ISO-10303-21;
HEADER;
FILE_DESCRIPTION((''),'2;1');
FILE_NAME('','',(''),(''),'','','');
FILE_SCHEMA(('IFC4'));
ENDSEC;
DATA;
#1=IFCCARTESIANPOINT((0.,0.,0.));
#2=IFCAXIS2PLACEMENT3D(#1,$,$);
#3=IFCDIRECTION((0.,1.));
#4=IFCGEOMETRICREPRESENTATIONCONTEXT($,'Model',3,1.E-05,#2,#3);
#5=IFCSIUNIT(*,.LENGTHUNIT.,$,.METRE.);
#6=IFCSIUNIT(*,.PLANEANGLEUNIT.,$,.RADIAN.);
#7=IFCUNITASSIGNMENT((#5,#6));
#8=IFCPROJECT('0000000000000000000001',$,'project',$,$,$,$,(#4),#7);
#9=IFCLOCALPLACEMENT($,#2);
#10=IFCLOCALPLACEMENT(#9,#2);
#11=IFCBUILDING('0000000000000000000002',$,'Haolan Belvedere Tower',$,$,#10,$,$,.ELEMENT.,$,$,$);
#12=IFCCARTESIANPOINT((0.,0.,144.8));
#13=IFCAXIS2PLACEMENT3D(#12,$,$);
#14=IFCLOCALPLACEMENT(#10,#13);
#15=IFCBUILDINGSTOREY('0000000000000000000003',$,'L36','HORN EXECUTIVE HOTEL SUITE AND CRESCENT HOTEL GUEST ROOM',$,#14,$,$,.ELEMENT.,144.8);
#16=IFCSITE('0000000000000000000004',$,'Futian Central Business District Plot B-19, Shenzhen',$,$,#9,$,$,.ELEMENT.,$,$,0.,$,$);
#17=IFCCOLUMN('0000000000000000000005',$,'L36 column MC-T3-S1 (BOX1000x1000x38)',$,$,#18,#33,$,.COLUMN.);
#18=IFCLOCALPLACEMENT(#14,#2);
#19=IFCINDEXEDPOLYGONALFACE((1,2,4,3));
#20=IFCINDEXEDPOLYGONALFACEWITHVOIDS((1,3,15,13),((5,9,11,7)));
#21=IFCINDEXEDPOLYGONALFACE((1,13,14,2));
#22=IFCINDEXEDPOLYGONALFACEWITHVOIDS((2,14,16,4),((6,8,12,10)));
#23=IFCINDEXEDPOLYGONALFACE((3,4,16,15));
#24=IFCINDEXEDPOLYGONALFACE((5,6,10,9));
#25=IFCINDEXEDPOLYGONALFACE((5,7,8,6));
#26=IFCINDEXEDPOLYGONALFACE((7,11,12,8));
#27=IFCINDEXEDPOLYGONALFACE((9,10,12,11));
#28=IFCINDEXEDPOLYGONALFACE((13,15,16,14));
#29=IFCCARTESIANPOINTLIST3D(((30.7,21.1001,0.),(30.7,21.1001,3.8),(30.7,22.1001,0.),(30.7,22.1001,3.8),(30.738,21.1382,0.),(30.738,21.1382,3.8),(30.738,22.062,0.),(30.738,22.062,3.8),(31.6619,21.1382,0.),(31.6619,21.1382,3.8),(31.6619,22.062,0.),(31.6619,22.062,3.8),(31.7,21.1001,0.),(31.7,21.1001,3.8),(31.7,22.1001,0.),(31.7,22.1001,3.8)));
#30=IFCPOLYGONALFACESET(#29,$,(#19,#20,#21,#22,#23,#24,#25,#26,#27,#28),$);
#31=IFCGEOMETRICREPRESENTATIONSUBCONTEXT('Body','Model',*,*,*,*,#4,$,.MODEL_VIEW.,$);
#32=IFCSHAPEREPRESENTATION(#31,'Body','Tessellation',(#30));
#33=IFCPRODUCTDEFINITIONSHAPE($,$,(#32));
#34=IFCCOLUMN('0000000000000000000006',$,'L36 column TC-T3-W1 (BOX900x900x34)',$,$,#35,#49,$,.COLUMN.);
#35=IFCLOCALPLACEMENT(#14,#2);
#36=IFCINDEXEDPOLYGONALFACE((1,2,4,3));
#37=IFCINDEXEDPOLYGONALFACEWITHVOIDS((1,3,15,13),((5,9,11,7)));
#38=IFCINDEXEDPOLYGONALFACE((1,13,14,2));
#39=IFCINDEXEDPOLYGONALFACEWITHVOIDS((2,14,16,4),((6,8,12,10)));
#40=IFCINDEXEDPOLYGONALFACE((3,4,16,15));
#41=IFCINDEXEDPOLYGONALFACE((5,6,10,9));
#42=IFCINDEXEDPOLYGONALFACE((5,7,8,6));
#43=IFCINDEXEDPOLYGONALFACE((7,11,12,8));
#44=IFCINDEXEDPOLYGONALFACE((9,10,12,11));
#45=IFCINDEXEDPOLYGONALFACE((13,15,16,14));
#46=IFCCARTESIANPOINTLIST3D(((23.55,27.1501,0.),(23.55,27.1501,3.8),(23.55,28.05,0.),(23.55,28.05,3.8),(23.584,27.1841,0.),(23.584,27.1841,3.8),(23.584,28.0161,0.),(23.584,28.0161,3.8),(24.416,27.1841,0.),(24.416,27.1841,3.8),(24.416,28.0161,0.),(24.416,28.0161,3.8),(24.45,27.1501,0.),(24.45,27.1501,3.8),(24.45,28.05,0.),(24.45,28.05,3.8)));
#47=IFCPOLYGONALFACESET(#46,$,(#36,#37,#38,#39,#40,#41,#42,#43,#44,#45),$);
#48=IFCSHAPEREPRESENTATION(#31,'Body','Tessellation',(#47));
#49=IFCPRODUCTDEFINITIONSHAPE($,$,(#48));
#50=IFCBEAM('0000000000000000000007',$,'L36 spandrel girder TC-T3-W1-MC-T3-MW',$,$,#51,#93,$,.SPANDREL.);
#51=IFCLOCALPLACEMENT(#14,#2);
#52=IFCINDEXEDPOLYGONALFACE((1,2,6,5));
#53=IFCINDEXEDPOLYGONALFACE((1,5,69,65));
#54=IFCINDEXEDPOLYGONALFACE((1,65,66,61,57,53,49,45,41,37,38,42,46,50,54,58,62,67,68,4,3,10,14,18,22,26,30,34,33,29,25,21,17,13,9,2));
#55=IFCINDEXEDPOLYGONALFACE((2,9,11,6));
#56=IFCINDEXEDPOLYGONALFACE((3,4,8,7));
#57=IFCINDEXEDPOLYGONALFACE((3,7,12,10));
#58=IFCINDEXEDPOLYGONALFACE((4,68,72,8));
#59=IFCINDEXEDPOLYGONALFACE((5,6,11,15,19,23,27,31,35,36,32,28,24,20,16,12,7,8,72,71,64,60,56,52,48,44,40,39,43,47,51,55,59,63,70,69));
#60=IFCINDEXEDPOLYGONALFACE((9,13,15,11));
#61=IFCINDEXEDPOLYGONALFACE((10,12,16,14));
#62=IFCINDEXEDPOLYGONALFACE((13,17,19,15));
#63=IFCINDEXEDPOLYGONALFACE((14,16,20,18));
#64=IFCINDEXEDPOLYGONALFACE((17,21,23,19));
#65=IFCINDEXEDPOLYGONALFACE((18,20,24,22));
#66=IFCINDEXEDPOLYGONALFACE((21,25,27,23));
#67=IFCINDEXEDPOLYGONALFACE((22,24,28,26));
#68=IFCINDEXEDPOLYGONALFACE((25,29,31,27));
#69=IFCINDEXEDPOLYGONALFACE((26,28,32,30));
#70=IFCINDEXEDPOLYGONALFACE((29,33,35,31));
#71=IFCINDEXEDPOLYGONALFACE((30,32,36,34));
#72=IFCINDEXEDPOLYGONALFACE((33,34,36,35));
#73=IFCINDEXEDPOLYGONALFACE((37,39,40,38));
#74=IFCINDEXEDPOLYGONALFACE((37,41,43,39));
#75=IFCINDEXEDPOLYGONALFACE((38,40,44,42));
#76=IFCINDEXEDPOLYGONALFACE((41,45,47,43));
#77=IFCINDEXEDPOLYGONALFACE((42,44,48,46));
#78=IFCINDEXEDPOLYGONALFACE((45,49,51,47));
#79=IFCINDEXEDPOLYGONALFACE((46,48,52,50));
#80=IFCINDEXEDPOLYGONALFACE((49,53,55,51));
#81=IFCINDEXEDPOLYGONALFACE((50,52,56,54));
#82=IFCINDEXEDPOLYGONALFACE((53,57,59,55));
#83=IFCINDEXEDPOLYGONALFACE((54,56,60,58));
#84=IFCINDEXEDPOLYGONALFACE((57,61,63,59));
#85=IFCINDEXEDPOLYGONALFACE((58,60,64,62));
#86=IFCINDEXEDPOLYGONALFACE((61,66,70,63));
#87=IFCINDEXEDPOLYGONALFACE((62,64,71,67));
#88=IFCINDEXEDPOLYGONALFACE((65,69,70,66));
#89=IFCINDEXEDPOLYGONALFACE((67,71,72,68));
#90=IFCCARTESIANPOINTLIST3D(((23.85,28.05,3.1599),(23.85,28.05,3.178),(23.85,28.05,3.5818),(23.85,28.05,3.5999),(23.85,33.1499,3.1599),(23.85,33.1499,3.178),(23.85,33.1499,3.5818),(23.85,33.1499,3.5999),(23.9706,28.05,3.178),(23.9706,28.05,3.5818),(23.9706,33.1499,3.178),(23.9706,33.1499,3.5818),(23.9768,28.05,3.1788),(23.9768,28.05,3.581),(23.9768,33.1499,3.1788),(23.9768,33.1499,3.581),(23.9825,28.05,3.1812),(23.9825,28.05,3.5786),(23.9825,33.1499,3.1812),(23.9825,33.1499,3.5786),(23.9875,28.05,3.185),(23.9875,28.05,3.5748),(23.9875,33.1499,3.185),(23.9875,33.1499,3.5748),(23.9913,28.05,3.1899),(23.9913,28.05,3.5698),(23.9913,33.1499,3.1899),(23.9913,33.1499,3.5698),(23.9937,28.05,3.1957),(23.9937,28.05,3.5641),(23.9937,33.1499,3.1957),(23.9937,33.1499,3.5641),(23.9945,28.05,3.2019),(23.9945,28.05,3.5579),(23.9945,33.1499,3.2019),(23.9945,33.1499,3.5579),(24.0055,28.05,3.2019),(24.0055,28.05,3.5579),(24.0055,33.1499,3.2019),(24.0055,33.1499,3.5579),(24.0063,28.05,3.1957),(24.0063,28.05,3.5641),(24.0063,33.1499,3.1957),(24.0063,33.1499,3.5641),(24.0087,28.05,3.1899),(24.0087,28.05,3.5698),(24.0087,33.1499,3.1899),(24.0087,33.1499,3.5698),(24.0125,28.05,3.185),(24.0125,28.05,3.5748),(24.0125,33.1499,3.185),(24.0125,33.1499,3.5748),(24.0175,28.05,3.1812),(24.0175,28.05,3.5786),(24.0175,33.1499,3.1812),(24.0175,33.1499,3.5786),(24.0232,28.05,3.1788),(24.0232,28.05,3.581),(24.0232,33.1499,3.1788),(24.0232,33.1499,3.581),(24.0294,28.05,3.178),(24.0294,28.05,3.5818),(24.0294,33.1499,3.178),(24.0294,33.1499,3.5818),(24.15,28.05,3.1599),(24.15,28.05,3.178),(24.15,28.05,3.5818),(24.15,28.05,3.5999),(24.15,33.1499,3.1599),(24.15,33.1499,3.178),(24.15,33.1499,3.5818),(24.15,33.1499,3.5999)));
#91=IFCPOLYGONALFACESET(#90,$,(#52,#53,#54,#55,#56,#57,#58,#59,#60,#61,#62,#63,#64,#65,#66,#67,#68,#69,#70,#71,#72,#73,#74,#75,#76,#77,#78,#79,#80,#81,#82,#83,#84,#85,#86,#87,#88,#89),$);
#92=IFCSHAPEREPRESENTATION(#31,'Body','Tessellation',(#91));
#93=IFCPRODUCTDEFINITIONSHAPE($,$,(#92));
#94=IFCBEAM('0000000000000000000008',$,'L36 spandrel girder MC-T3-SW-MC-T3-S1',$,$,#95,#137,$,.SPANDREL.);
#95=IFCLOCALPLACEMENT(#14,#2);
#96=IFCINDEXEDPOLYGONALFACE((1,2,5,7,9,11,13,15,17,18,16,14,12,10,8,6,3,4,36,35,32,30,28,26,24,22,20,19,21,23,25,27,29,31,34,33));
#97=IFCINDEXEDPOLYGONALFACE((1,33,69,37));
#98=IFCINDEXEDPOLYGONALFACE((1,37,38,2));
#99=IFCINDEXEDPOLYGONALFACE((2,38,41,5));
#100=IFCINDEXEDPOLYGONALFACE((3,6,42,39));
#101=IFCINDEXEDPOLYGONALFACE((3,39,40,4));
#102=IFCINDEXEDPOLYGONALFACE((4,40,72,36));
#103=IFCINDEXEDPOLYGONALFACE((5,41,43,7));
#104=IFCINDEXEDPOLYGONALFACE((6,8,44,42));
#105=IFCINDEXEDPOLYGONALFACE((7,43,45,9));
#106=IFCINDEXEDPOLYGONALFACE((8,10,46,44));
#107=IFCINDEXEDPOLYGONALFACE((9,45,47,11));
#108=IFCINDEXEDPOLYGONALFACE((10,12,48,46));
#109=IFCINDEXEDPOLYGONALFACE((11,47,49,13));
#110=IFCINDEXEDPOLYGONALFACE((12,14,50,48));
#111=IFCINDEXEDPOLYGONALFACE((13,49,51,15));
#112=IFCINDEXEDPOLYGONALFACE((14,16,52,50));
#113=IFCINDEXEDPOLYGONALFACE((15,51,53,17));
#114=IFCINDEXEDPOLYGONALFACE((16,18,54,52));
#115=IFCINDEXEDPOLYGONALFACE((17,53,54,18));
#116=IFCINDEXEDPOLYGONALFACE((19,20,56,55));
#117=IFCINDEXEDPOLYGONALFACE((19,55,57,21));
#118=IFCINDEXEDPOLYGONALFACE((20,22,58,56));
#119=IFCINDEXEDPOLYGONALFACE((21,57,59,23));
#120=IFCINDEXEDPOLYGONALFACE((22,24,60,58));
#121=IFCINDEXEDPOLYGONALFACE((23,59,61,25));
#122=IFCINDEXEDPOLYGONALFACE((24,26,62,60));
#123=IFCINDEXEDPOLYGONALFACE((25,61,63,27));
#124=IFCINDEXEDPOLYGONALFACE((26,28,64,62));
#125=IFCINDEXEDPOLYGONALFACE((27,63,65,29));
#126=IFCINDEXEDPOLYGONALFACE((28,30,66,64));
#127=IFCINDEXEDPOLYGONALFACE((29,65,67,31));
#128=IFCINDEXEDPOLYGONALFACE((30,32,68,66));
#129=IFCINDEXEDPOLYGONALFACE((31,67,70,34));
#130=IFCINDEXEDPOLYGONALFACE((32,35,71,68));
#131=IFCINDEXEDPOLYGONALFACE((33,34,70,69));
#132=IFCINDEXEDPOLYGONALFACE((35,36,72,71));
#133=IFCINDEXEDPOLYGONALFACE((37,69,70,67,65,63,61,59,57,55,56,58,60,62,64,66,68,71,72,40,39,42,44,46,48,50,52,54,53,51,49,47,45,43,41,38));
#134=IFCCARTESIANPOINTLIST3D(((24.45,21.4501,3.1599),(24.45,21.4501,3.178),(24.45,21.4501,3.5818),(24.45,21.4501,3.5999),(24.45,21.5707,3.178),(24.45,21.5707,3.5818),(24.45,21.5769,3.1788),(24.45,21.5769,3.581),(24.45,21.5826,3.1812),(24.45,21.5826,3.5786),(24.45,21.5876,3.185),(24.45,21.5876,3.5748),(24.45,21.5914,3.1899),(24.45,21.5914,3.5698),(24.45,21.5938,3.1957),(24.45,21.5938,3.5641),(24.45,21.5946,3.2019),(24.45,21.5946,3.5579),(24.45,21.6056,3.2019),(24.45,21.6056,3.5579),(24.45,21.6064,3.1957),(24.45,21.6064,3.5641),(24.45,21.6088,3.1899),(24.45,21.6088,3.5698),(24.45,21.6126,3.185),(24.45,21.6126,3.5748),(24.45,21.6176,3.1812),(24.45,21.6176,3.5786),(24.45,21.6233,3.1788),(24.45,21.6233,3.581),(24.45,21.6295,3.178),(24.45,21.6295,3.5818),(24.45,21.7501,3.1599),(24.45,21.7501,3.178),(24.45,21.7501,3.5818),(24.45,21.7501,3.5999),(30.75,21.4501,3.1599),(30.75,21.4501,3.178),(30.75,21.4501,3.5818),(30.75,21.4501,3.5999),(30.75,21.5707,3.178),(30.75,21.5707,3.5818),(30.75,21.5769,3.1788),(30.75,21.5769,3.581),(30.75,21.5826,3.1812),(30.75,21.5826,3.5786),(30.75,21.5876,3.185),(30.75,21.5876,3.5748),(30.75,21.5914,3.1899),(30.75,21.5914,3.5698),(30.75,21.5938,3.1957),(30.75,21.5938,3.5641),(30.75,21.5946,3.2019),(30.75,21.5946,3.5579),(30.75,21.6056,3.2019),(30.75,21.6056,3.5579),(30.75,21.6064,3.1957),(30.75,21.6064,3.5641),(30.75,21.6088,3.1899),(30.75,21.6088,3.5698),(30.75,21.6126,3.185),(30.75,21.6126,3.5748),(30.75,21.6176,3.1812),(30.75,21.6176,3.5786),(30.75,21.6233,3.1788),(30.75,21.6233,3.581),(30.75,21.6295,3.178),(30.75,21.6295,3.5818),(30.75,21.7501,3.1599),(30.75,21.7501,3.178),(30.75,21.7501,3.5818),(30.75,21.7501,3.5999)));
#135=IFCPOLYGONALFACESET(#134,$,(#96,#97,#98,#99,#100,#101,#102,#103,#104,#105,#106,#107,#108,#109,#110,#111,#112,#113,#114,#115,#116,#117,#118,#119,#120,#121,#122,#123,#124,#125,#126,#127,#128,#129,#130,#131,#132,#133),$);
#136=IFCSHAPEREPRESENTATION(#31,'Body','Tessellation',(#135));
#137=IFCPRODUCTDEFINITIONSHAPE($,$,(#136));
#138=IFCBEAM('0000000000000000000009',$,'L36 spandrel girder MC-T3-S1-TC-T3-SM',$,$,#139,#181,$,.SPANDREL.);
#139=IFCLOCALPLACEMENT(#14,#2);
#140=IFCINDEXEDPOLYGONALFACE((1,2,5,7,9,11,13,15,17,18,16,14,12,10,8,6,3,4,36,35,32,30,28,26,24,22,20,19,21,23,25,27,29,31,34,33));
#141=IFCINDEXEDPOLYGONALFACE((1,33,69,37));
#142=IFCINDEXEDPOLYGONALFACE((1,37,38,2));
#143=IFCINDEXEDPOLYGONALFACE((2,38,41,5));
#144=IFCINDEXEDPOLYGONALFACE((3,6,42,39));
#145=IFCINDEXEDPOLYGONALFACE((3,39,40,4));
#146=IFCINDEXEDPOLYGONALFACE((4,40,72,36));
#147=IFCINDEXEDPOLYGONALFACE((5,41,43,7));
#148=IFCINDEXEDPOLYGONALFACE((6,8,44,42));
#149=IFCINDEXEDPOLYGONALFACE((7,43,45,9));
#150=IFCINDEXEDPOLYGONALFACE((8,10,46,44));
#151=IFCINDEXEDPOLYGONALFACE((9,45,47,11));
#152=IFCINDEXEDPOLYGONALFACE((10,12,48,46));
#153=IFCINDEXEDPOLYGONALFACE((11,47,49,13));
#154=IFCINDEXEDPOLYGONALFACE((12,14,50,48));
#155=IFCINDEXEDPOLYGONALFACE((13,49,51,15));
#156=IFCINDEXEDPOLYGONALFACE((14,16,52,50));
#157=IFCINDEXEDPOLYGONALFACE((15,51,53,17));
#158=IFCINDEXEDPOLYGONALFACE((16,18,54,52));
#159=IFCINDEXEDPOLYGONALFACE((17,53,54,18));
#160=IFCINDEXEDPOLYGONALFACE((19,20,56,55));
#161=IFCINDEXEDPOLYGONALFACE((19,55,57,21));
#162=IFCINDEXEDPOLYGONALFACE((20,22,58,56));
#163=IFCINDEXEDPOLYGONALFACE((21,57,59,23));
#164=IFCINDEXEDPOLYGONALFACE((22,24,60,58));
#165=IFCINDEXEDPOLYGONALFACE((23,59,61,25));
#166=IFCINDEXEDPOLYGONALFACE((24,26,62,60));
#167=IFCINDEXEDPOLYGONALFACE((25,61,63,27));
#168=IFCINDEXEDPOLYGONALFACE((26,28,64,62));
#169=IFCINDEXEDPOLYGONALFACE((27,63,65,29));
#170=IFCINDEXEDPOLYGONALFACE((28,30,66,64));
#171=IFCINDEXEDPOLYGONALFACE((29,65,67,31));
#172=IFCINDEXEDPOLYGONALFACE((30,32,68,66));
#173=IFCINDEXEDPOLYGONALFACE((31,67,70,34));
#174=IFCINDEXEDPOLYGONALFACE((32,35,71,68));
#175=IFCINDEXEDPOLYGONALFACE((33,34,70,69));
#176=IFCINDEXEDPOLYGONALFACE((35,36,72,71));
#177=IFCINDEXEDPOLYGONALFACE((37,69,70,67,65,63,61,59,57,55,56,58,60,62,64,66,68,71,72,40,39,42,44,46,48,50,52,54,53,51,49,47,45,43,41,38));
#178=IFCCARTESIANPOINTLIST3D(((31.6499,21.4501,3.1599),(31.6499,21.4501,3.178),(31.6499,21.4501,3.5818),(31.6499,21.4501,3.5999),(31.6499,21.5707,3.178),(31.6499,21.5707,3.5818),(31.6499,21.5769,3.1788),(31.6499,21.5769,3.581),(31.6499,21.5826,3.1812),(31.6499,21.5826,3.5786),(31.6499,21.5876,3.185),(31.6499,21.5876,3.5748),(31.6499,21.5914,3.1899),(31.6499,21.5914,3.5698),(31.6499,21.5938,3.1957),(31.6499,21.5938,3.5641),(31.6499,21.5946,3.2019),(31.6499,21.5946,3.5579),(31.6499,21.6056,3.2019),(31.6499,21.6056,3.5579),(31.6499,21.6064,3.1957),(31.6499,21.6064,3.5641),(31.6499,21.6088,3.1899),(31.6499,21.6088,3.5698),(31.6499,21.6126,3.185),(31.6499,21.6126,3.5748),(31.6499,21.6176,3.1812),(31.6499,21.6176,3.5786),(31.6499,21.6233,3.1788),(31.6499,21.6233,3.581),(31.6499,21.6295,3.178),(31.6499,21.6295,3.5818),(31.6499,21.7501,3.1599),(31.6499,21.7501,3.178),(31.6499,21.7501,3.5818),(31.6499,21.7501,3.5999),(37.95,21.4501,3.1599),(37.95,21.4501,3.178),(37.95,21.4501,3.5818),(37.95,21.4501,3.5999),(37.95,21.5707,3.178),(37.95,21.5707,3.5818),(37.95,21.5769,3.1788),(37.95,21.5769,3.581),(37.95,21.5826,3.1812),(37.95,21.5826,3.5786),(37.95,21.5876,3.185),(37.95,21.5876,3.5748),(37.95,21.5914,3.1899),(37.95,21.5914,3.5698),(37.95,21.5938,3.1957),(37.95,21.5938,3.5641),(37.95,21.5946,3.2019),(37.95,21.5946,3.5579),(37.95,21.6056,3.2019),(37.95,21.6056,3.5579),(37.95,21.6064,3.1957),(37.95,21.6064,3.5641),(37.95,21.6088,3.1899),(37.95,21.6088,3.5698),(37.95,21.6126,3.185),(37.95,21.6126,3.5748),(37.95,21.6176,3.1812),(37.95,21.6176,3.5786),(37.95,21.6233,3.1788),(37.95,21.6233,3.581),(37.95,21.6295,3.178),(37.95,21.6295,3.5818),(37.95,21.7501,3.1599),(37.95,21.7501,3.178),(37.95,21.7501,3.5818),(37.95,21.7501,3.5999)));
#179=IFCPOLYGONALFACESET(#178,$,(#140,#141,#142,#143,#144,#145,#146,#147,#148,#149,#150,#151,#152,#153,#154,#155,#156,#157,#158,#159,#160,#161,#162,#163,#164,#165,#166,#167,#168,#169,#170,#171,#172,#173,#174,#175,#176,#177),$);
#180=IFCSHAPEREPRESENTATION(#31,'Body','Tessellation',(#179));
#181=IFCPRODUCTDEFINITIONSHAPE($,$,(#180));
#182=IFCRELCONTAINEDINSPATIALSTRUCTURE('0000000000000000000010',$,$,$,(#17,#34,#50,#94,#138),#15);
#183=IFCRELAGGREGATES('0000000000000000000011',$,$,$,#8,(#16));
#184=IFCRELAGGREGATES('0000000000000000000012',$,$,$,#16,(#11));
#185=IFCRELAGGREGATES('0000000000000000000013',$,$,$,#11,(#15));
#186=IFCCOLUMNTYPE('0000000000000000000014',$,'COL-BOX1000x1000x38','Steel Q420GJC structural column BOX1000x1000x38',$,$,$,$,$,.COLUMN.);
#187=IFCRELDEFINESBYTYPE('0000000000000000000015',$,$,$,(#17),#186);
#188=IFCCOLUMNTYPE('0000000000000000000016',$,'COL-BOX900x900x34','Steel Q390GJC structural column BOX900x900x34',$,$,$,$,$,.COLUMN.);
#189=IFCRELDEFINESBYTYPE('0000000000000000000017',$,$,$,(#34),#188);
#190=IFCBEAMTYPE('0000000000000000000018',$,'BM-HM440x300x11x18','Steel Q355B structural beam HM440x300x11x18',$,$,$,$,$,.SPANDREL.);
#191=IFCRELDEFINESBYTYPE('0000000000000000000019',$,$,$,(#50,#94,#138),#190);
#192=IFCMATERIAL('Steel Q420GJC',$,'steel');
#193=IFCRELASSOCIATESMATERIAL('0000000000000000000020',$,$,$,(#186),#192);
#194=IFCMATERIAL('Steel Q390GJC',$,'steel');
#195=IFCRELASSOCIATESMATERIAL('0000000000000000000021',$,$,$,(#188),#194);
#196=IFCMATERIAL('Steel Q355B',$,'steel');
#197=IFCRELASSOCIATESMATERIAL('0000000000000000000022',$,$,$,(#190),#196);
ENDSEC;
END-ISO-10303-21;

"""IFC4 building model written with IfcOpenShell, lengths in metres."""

from ifc_helpers import new_model, si_unit, direction, frame, origin, origin_2d, place, context, subcontext, project, spatial, hollow_rectangle, i_section, extrude, material, material_profile, profile_set, type_object, element, save


model = new_model("IFC4")

# Units and contexts
model_context = context("Model", 3, precision=1e-05, world=origin(), true_north=direction((0.0, 1.0)))
body_context = subcontext(model_context, "Body", "Model", "MODEL_VIEW")
ifc_project = project(units=[si_unit("LENGTHUNIT", "METRE"), si_unit("PLANEANGLEUNIT", "RADIAN")], contexts=[model_context])

# Site, building, storey
site_placement = place(None, origin())
site = spatial("IfcSite", under=ifc_project, at=site_placement, Name="Futian Central Business District Plot B-19, Shenzhen", CompositionType="ELEMENT", RefElevation=0.0)
building_placement = place(site_placement, origin())
building = spatial("IfcBuilding", under=site, at=building_placement, Name="Haolan Belvedere Tower", CompositionType="ELEMENT")
storey_placement = place(building_placement, frame((0.0, 0.0, 144.8)))
storey = spatial("IfcBuildingStorey", under=building, at=storey_placement, Name="L36", Description="HORN EXECUTIVE HOTEL SUITE AND CRESCENT HOTEL GUEST ROOM", CompositionType="ELEMENT", Elevation=144.8)

# Columns
ifc_material_1 = material(Name="Steel Q420GJC", Category="steel")
ifc_material_profile_1 = material_profile(ifc_material_1, hollow_rectangle(XDim=1.0, YDim=1.0, WallThickness=0.0381, at=origin_2d()), Name="Steel Q420GJC")
ifc_profile_set_1 = profile_set([ifc_material_profile_1], Name="Steel Q420GJC")
column_type_1 = type_object("IfcColumnType", Name="COL-BOX1000x1000x38", Description="Steel Q420GJC structural column BOX1000x1000x38", PredefinedType="COLUMN", material=ifc_profile_set_1)
column_1_placement = place(storey_placement, frame((31.2, 21.6001, 0.0), z_axis=(0.0, 0.0, 1.0), x_axis=(1.0, 0.0, 0.0)))
element("IfcColumn", 1, at=column_1_placement, inside=storey, type_object=column_type_1, Name="L36 column MC-T3-S1 (BOX1000x1000x38)", PredefinedType="COLUMN", context=body_context, shape_type="SweptSolid", body=[
    extrude(hollow_rectangle(XDim=1.0, YDim=1.0, WallThickness=0.0381, at=origin_2d()), origin(), (0.0, 0.0, 1.0), 3.8),
])
ifc_material_2 = material(Name="Steel Q390GJC", Category="steel")
ifc_material_profile_2 = material_profile(ifc_material_2, hollow_rectangle(XDim=0.8999, YDim=0.8999, WallThickness=0.0339, at=origin_2d()), Name="Steel Q390GJC")
ifc_profile_set_2 = profile_set([ifc_material_profile_2], Name="Steel Q390GJC")
column_type_2 = type_object("IfcColumnType", Name="COL-BOX900x900x34", Description="Steel Q390GJC structural column BOX900x900x34", PredefinedType="COLUMN", material=ifc_profile_set_2)
column_2_placement = place(storey_placement, frame((24.0, 27.6001, 0.0), z_axis=(0.0, 0.0, 1.0), x_axis=(1.0, 0.0, 0.0)))
element("IfcColumn", 2, at=column_2_placement, inside=storey, type_object=column_type_2, Name="L36 column TC-T3-W1 (BOX900x900x34)", PredefinedType="COLUMN", context=body_context, shape_type="SweptSolid", body=[
    extrude(hollow_rectangle(XDim=0.8999, YDim=0.8999, WallThickness=0.0339, at=origin_2d()), origin(), (0.0, 0.0, 1.0), 3.8),
])

# Beams
ifc_material_3 = material(Name="Steel Q355B", Category="steel")
ifc_material_profile_3 = material_profile(ifc_material_3, i_section(OverallWidth=0.3, OverallDepth=0.4399, WebThickness=0.011, FlangeThickness=0.0181, FilletRadius=0.0239, at=origin_2d()), Name="Steel Q355B")
ifc_profile_set_3 = profile_set([ifc_material_profile_3], Name="Steel Q355B")
beam_type_1 = type_object("IfcBeamType", Name="BM-HM440x300x11x18", Description="Steel Q355B structural beam HM440x300x11x18", PredefinedType="SPANDREL", material=ifc_profile_set_3)
beam_1_placement = place(storey_placement, frame((24.0, 28.05, 3.3799), z_axis=(0.0, 1.0, 0.0), x_axis=(-1.0, 0.0, 0.0)))
element("IfcBeam", 3, at=beam_1_placement, inside=storey, type_object=beam_type_1, Name="L36 spandrel girder TC-T3-W1-MC-T3-MW", PredefinedType="SPANDREL", context=body_context, shape_type="SweptSolid", body=[
    extrude(i_section(OverallWidth=0.3, OverallDepth=0.4399, WebThickness=0.011, FlangeThickness=0.0181, FilletRadius=0.0239, at=origin_2d()), origin(), (0.0, 0.0, 1.0), 5.0999),
])
for number, where, z_axis, x_axis, name in (
    (4, (24.45, 21.6001, 3.3799), (1.0, 0.0, 0.0), (0.0, 1.0, 0.0), "L36 spandrel girder MC-T3-SW-MC-T3-S1"),
    (5, (31.6499, 21.6001, 3.3799), (1.0, 0.0, 0.0), (0.0, 1.0, 0.0), "L36 spandrel girder MC-T3-S1-TC-T3-SM"),
):
    element("IfcBeam", number, at=place(storey_placement, frame(where, z_axis=z_axis, x_axis=x_axis)), inside=storey, type_object=beam_type_1, Name=name, PredefinedType="SPANDREL", context=body_context, shape_type="SweptSolid", body=[
        extrude(i_section(OverallWidth=0.3, OverallDepth=0.4399, WebThickness=0.011, FlangeThickness=0.0181, FilletRadius=0.0239, at=origin_2d()), origin(), (0.0, 0.0, 1.0), 6.3),
    ])

save(model, "model.ifc")
